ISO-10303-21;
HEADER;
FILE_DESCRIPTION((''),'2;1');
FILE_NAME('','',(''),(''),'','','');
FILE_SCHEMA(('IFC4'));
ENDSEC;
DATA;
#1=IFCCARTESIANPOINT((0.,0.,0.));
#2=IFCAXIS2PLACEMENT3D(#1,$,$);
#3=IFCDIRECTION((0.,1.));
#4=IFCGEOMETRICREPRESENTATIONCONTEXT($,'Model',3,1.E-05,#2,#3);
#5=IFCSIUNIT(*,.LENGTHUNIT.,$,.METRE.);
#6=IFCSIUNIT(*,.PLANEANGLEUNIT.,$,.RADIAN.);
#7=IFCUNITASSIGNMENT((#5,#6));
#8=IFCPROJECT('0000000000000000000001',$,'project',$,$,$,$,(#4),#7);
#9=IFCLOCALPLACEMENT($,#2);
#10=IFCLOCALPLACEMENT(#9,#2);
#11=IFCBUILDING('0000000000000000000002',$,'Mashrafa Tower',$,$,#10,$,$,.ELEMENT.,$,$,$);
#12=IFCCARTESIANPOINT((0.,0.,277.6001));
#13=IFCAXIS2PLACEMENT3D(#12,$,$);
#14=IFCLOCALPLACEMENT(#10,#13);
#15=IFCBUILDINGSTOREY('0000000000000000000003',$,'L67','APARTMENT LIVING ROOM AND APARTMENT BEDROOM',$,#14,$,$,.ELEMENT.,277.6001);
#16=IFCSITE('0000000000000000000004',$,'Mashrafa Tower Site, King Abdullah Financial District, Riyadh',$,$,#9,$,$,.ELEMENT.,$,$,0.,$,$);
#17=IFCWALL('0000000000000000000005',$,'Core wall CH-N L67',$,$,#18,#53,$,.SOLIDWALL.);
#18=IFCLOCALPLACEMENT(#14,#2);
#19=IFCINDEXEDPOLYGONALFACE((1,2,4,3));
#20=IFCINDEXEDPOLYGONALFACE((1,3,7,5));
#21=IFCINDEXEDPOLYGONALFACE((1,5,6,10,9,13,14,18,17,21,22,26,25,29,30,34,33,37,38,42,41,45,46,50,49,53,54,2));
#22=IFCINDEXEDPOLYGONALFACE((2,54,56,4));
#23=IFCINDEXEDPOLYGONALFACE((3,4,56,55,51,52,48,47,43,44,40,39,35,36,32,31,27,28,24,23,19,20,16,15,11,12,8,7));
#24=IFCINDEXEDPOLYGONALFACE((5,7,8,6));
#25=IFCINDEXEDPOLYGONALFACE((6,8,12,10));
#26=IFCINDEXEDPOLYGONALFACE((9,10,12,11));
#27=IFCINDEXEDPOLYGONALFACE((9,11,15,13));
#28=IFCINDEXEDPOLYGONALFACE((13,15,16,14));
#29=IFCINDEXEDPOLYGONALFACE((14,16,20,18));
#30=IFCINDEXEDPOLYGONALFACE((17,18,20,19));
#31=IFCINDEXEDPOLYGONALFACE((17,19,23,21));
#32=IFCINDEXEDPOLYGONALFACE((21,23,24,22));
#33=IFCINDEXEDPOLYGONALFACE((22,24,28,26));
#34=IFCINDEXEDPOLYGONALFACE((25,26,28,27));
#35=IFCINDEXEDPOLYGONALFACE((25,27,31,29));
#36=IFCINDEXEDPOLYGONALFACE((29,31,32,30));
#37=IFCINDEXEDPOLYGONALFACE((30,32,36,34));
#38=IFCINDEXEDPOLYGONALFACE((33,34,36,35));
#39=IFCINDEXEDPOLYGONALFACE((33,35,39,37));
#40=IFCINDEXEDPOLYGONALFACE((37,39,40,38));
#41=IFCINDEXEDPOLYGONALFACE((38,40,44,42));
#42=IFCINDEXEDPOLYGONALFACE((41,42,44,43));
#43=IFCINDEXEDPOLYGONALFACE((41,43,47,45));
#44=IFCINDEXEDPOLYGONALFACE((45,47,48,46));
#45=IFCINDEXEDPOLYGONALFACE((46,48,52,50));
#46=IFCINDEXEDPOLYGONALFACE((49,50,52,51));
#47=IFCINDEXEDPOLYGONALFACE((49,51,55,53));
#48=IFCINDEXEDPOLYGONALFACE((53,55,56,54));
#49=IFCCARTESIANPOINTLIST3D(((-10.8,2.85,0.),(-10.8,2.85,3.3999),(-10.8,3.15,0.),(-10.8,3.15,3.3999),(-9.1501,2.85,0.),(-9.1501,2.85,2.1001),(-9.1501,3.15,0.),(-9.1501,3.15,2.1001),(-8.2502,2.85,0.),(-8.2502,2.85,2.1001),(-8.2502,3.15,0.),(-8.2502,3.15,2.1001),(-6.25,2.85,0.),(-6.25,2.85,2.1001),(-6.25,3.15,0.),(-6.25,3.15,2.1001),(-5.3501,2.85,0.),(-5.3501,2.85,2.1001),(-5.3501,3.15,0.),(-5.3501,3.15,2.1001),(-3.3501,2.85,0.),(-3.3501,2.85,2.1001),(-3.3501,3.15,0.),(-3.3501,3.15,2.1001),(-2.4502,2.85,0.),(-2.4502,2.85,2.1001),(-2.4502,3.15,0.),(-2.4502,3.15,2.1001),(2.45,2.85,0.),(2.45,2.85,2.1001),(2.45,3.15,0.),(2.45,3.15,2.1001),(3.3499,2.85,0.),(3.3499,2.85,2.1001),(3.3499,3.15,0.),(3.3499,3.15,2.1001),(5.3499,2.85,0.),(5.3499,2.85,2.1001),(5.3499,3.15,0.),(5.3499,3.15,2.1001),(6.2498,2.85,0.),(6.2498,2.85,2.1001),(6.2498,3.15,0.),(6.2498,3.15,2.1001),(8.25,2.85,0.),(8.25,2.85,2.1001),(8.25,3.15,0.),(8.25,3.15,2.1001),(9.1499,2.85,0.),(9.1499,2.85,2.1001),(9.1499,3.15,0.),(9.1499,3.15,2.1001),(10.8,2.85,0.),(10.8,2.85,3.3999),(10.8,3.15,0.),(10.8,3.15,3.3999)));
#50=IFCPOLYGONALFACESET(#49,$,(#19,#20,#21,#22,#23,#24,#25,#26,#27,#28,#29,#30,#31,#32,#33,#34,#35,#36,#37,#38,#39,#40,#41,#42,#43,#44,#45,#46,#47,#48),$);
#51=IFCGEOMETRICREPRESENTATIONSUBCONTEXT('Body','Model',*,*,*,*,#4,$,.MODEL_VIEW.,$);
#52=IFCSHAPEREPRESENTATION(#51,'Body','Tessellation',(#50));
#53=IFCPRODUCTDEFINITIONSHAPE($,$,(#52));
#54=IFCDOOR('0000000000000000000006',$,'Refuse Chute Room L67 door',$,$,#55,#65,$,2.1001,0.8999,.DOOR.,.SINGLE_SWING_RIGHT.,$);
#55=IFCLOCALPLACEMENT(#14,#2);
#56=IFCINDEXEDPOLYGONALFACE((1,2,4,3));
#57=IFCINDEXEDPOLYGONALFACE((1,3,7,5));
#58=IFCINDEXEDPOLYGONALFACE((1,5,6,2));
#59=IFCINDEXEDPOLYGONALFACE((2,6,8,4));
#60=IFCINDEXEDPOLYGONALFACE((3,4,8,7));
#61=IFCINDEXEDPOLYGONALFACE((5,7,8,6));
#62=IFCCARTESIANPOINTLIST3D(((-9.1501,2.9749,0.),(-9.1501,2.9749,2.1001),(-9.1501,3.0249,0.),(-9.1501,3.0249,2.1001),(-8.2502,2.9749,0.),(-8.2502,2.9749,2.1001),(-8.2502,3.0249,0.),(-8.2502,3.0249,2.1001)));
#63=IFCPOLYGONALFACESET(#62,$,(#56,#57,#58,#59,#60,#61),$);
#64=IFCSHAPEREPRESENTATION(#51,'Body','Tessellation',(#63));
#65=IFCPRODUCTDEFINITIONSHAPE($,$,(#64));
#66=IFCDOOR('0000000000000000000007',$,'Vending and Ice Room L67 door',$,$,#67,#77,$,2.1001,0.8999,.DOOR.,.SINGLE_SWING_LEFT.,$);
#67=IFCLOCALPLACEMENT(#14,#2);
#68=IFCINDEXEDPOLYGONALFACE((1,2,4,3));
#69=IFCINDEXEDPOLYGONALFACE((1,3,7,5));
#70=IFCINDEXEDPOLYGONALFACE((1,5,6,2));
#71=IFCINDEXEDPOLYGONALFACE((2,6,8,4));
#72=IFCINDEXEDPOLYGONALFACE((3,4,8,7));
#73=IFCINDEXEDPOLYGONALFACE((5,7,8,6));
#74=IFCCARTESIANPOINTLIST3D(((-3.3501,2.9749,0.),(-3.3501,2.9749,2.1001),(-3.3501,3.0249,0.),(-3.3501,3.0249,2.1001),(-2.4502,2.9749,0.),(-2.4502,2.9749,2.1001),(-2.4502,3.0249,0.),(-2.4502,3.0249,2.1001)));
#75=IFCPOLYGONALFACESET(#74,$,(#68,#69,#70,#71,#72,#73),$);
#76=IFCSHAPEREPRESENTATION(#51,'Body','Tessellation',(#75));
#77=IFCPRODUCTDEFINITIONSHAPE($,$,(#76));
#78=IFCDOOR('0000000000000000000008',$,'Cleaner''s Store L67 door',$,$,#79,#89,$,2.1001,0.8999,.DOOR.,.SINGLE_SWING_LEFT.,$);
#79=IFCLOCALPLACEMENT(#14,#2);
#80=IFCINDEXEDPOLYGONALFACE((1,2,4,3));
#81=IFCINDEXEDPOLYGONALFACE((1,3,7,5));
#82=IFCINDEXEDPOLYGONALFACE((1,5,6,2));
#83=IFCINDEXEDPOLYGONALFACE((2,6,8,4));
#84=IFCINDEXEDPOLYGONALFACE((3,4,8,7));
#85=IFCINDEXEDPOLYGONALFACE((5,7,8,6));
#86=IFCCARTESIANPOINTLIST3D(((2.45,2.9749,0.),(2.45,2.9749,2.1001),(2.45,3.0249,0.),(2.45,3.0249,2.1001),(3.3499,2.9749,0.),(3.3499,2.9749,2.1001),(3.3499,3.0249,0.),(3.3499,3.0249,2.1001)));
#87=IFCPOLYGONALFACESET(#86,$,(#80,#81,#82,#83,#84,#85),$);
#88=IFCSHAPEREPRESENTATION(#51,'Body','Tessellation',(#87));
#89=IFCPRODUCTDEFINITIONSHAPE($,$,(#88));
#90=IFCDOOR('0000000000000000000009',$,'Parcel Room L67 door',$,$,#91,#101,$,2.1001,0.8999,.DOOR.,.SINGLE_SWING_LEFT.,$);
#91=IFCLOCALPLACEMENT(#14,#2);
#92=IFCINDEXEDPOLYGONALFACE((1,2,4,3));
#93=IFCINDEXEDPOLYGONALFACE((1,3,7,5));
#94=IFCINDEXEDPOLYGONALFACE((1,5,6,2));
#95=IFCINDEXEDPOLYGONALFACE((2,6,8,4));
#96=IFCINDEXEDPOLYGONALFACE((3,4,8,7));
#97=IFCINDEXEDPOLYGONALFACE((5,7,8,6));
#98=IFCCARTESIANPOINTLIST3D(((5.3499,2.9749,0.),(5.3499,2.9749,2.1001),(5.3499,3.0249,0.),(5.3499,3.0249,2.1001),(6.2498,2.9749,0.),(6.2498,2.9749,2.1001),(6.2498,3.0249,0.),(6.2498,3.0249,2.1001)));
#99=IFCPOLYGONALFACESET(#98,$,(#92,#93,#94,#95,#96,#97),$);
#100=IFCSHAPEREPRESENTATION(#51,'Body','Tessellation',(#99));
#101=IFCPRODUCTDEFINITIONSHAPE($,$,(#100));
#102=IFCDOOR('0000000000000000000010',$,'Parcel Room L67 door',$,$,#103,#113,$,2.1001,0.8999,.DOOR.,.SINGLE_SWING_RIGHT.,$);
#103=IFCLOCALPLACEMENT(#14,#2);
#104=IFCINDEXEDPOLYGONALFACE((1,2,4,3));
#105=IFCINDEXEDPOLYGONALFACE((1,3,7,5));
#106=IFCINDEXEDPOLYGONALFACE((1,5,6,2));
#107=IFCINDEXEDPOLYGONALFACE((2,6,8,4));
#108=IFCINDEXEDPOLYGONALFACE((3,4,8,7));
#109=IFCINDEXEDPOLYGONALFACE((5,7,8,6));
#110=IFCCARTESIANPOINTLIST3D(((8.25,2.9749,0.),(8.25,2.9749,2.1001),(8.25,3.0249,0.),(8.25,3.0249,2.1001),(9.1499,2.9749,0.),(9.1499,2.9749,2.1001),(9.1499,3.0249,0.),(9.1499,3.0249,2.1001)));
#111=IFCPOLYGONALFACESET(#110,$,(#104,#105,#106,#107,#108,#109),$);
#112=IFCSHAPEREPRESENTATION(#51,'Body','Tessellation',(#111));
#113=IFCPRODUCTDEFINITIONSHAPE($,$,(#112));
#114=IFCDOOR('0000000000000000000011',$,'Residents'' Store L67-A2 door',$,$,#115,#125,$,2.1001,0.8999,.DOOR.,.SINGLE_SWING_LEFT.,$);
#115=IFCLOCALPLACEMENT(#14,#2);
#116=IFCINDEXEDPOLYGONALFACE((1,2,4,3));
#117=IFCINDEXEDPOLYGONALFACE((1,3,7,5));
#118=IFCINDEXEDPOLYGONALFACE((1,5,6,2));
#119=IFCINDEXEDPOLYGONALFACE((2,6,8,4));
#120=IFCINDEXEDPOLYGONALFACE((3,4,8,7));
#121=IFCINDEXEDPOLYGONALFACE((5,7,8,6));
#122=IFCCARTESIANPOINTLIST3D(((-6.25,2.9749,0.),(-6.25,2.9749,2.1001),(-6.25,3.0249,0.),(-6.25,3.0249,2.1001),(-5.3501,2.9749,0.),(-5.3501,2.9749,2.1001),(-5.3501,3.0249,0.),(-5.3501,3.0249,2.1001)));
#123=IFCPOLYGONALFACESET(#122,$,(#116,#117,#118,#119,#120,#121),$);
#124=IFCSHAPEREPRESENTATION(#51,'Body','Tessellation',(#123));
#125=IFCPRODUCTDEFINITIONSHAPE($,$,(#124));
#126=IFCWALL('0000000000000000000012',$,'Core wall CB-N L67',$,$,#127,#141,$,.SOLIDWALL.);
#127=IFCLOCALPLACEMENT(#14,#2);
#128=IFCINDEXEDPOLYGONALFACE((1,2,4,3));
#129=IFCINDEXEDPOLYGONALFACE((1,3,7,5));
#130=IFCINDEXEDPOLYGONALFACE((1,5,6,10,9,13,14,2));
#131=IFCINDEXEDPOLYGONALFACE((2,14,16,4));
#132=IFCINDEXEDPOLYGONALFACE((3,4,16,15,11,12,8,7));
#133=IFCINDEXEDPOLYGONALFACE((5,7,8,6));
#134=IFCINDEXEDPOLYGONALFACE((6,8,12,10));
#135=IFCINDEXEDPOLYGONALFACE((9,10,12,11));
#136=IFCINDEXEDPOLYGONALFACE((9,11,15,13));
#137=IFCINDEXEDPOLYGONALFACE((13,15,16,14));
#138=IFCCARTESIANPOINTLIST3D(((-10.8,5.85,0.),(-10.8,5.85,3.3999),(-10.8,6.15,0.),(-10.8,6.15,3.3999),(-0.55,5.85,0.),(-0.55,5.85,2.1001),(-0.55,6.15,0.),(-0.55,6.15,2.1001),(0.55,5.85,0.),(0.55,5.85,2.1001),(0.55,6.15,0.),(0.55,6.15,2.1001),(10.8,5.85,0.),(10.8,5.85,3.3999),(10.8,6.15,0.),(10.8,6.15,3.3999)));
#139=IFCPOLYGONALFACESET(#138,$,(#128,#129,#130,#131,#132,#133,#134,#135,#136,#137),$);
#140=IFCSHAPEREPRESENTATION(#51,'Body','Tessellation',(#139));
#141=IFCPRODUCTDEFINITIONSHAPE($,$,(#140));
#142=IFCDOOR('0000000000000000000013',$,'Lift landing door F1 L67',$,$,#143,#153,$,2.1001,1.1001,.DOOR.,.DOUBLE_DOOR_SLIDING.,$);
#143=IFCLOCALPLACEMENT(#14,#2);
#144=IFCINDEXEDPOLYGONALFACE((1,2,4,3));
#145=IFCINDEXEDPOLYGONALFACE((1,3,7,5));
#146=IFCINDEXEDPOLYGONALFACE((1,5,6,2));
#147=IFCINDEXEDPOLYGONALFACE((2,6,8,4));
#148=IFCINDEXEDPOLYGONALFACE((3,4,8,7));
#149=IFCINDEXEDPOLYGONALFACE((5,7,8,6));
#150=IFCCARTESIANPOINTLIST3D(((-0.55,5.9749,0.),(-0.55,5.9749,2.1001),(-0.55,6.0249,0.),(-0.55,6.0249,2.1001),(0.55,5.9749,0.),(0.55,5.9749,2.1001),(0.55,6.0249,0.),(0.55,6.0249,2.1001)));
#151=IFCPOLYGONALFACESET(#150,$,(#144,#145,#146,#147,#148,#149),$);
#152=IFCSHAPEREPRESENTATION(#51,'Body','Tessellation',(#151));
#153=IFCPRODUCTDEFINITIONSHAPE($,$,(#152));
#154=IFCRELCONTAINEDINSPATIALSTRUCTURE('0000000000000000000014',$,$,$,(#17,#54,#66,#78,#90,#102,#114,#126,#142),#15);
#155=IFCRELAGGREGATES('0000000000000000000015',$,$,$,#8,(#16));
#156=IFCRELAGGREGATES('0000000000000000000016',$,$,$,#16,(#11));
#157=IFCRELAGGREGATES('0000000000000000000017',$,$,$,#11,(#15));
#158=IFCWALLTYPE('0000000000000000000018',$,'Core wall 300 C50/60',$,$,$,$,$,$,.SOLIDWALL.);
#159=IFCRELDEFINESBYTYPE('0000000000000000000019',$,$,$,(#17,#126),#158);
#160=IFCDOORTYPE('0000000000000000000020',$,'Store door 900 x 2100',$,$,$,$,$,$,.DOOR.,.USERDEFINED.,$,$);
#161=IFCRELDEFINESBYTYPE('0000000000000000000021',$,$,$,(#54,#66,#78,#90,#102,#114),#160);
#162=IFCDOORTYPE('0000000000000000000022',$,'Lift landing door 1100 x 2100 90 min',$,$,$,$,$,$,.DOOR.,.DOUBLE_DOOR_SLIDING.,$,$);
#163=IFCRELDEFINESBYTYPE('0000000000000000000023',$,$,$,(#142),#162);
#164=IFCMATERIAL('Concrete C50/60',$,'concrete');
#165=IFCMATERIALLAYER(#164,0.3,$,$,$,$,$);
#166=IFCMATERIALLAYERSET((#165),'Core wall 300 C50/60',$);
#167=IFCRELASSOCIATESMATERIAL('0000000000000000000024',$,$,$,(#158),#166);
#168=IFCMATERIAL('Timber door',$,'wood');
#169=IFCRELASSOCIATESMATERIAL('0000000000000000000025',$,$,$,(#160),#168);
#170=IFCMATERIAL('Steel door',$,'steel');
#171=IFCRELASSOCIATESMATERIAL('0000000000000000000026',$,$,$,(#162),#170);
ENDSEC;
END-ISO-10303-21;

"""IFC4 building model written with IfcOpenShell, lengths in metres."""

from ifc_helpers import new_model, si_unit, direction, frame, frame_2d, origin, place, context, subcontext, project, spatial, rectangle, extrude, material, layer, layer_set, type_object, element, fill, save


model = new_model("IFC4")

# Units and contexts
model_context = context("Model", 3, precision=1e-05, world=origin(), true_north=direction((0.0, 1.0)))
body_context = subcontext(model_context, "Body", "Model", "MODEL_VIEW")
ifc_project = project(units=[si_unit("LENGTHUNIT", "METRE"), si_unit("PLANEANGLEUNIT", "RADIAN")], contexts=[model_context])

# Site, building, storey
site_placement = place(None, origin())
site = spatial("IfcSite", under=ifc_project, at=site_placement, Name="Mashrafa Tower Site, King Abdullah Financial District, Riyadh", CompositionType="ELEMENT", RefElevation=0.0)
building_placement = place(site_placement, origin())
building = spatial("IfcBuilding", under=site, at=building_placement, Name="Mashrafa Tower", CompositionType="ELEMENT")
storey_placement = place(building_placement, frame((0.0, 0.0, 277.6001)))
storey = spatial("IfcBuildingStorey", under=building, at=storey_placement, Name="L67", Description="APARTMENT LIVING ROOM AND APARTMENT BEDROOM", CompositionType="ELEMENT", Elevation=277.6001)

# Wall, openings, doors
ifc_material_1 = material(Name="Concrete C50/60", Category="concrete")
ifc_layer_1 = layer(ifc_material_1, 0.3)
ifc_layer_set_1 = layer_set([ifc_layer_1], Name="Core wall 300 C50/60")
wall_type_1 = type_object("IfcWallType", Name="Core wall 300 C50/60", PredefinedType="SOLIDWALL", material=ifc_layer_set_1)
wall_1_placement = place(storey_placement, frame((-10.8, 3.0, 0.0), z_axis=(0.0, 0.0, 1.0), x_axis=(1.0, 0.0, 0.0)))
wall_1 = element("IfcWall", 1, at=wall_1_placement, inside=storey, type_object=wall_type_1, Name="Core wall CH-N L67", PredefinedType="SOLIDWALL", context=body_context, shape_type="SweptSolid", body=[
    extrude(rectangle(XDim=21.6001, YDim=0.3, at=frame_2d((10.8, 0.0))), origin(), (0.0, 0.0, 1.0), 3.3999),
])
opening_1_placement = place(wall_1_placement, frame((1.6499, 0.0, 0.0)))
opening_1 = element("IfcOpeningElement", 2, at=opening_1_placement, cuts=wall_1, PredefinedType="OPENING", context=body_context, shape_type="SweptSolid", body=[
    extrude(rectangle(XDim=0.8999, YDim=2.1001, at=frame_2d((0.45, 1.05))), frame((0.0, 0.1599, 0.0), z_axis=(0.0, -1.0, 0.0), x_axis=(1.0, 0.0, 0.0)), (0.0, 0.0, 1.0), 0.3201),
])
opening_2_placement = place(wall_1_placement, frame((7.45, 0.0, 0.0)))
opening_2 = element("IfcOpeningElement", 3, at=opening_2_placement, cuts=wall_1, PredefinedType="OPENING", context=body_context, shape_type="SweptSolid", body=[
    extrude(rectangle(XDim=0.8999, YDim=2.1001, at=frame_2d((0.45, 1.05))), frame((0.0, 0.1599, 0.0), z_axis=(0.0, -1.0, 0.0), x_axis=(1.0, 0.0, 0.0)), (0.0, 0.0, 1.0), 0.3201),
])
opening_3_placement = place(wall_1_placement, frame((13.25, 0.0, 0.0)))
opening_3 = element("IfcOpeningElement", 4, at=opening_3_placement, cuts=wall_1, PredefinedType="OPENING", context=body_context, shape_type="SweptSolid", body=[
    extrude(rectangle(XDim=0.8999, YDim=2.1001, at=frame_2d((0.45, 1.05))), frame((0.0, 0.1599, 0.0), z_axis=(0.0, -1.0, 0.0), x_axis=(1.0, 0.0, 0.0)), (0.0, 0.0, 1.0), 0.3201),
])
opening_4_placement = place(wall_1_placement, frame((16.1499, 0.0, 0.0)))
opening_4 = element("IfcOpeningElement", 5, at=opening_4_placement, cuts=wall_1, PredefinedType="OPENING", context=body_context, shape_type="SweptSolid", body=[
    extrude(rectangle(XDim=0.8999, YDim=2.1001, at=frame_2d((0.45, 1.05))), frame((0.0, 0.1599, 0.0), z_axis=(0.0, -1.0, 0.0), x_axis=(1.0, 0.0, 0.0)), (0.0, 0.0, 1.0), 0.3201),
])
opening_5_placement = place(wall_1_placement, frame((19.05, 0.0, 0.0)))
opening_5 = element("IfcOpeningElement", 6, at=opening_5_placement, cuts=wall_1, PredefinedType="OPENING", context=body_context, shape_type="SweptSolid", body=[
    extrude(rectangle(XDim=0.8999, YDim=2.1001, at=frame_2d((0.45, 1.05))), frame((0.0, 0.1599, 0.0), z_axis=(0.0, -1.0, 0.0), x_axis=(1.0, 0.0, 0.0)), (0.0, 0.0, 1.0), 0.3201),
])
opening_6_placement = place(wall_1_placement, frame((4.55, 0.0, 0.0)))
opening_6 = element("IfcOpeningElement", 7, at=opening_6_placement, cuts=wall_1, PredefinedType="OPENING", context=body_context, shape_type="SweptSolid", body=[
    extrude(rectangle(XDim=0.8999, YDim=2.1001, at=frame_2d((0.45, 1.05))), frame((0.0, 0.1599, 0.0), z_axis=(0.0, -1.0, 0.0), x_axis=(1.0, 0.0, 0.0)), (0.0, 0.0, 1.0), 0.3201),
])
ifc_material_2 = material(Name="Timber door", Category="wood")
door_type_1 = type_object("IfcDoorType", Name="Store door 900 x 2100", OperationType="USERDEFINED", PredefinedType="DOOR", material=ifc_material_2)
door_1_placement = place(opening_1_placement, origin())
door_1 = element("IfcDoor", 8, at=door_1_placement, inside=storey, type_object=door_type_1, Name="Refuse Chute Room L67 door", OperationType="SINGLE_SWING_RIGHT", OverallHeight=2.1001, OverallWidth=0.8999, PredefinedType="DOOR", context=body_context, shape_type="SweptSolid", body=[
    extrude(rectangle(XDim=0.8999, YDim=2.1001, at=frame_2d((0.45, 1.05))), frame((0.0, 0.0249, 0.0), z_axis=(0.0, -1.0, 0.0), x_axis=(1.0, 0.0, 0.0)), (0.0, 0.0, 1.0), 0.05),
])
fill(opening_1, door_1)
door_2_placement = place(opening_2_placement, origin())
door_2 = element("IfcDoor", 9, at=door_2_placement, inside=storey, type_object=door_type_1, Name="Vending and Ice Room L67 door", OperationType="SINGLE_SWING_LEFT", OverallHeight=2.1001, OverallWidth=0.8999, PredefinedType="DOOR", context=body_context, shape_type="SweptSolid", body=[
    extrude(rectangle(XDim=0.8999, YDim=2.1001, at=frame_2d((0.45, 1.05))), frame((0.0, 0.0249, 0.0), z_axis=(0.0, -1.0, 0.0), x_axis=(1.0, 0.0, 0.0)), (0.0, 0.0, 1.0), 0.05),
])
fill(opening_2, door_2)
door_3_placement = place(opening_3_placement, origin())
door_3 = element("IfcDoor", 10, at=door_3_placement, inside=storey, type_object=door_type_1, Name="Cleaner's Store L67 door", OperationType="SINGLE_SWING_LEFT", OverallHeight=2.1001, OverallWidth=0.8999, PredefinedType="DOOR", context=body_context, shape_type="SweptSolid", body=[
    extrude(rectangle(XDim=0.8999, YDim=2.1001, at=frame_2d((0.45, 1.05))), frame((0.0, 0.0249, 0.0), z_axis=(0.0, -1.0, 0.0), x_axis=(1.0, 0.0, 0.0)), (0.0, 0.0, 1.0), 0.05),
])
fill(opening_3, door_3)
door_4_placement = place(opening_4_placement, origin())
door_4 = element("IfcDoor", 11, at=door_4_placement, inside=storey, type_object=door_type_1, Name="Parcel Room L67 door", OperationType="SINGLE_SWING_LEFT", OverallHeight=2.1001, OverallWidth=0.8999, PredefinedType="DOOR", context=body_context, shape_type="SweptSolid", body=[
    extrude(rectangle(XDim=0.8999, YDim=2.1001, at=frame_2d((0.45, 1.05))), frame((0.0, 0.0249, 0.0), z_axis=(0.0, -1.0, 0.0), x_axis=(1.0, 0.0, 0.0)), (0.0, 0.0, 1.0), 0.05),
])
fill(opening_4, door_4)
door_5_placement = place(opening_5_placement, origin())
door_5 = element("IfcDoor", 12, at=door_5_placement, inside=storey, type_object=door_type_1, Name="Parcel Room L67 door", OperationType="SINGLE_SWING_RIGHT", OverallHeight=2.1001, OverallWidth=0.8999, PredefinedType="DOOR", context=body_context, shape_type="SweptSolid", body=[
    extrude(rectangle(XDim=0.8999, YDim=2.1001, at=frame_2d((0.45, 1.05))), frame((0.0, 0.0249, 0.0), z_axis=(0.0, -1.0, 0.0), x_axis=(1.0, 0.0, 0.0)), (0.0, 0.0, 1.0), 0.05),
])
fill(opening_5, door_5)
door_6_placement = place(opening_6_placement, origin())
door_6 = element("IfcDoor", 13, at=door_6_placement, inside=storey, type_object=door_type_1, Name="Residents' Store L67-A2 door", OperationType="SINGLE_SWING_LEFT", OverallHeight=2.1001, OverallWidth=0.8999, PredefinedType="DOOR", context=body_context, shape_type="SweptSolid", body=[
    extrude(rectangle(XDim=0.8999, YDim=2.1001, at=frame_2d((0.45, 1.05))), frame((0.0, 0.0249, 0.0), z_axis=(0.0, -1.0, 0.0), x_axis=(1.0, 0.0, 0.0)), (0.0, 0.0, 1.0), 0.05),
])
fill(opening_6, door_6)

# Wall, opening, door
wall_2_placement = place(storey_placement, frame((-10.8, 6.0, 0.0), z_axis=(0.0, 0.0, 1.0), x_axis=(1.0, 0.0, 0.0)))
wall_2 = element("IfcWall", 14, at=wall_2_placement, inside=storey, type_object=wall_type_1, Name="Core wall CB-N L67", PredefinedType="SOLIDWALL", context=body_context, shape_type="SweptSolid", body=[
    extrude(rectangle(XDim=21.6001, YDim=0.3, at=frame_2d((10.8, 0.0))), origin(), (0.0, 0.0, 1.0), 3.3999),
])
opening_7_placement = place(wall_2_placement, frame((10.25, 0.0, 0.0)))
opening_7 = element("IfcOpeningElement", 15, at=opening_7_placement, cuts=wall_2, PredefinedType="OPENING", context=body_context, shape_type="SweptSolid", body=[
    extrude(rectangle(XDim=1.1001, YDim=2.1001, at=frame_2d((0.55, 1.05))), frame((0.0, 0.1599, 0.0), z_axis=(0.0, -1.0, 0.0), x_axis=(1.0, 0.0, 0.0)), (0.0, 0.0, 1.0), 0.3201),
])
ifc_material_3 = material(Name="Steel door", Category="steel")
door_type_2 = type_object("IfcDoorType", Name="Lift landing door 1100 x 2100 90 min", OperationType="DOUBLE_DOOR_SLIDING", PredefinedType="DOOR", material=ifc_material_3)
door_7_placement = place(opening_7_placement, origin())
door_7 = element("IfcDoor", 16, at=door_7_placement, inside=storey, type_object=door_type_2, Name="Lift landing door F1 L67", OperationType="DOUBLE_DOOR_SLIDING", OverallHeight=2.1001, OverallWidth=1.1001, PredefinedType="DOOR", context=body_context, shape_type="SweptSolid", body=[
    extrude(rectangle(XDim=1.1001, YDim=2.1001, at=frame_2d((0.55, 1.05))), frame((0.0, 0.0249, 0.0), z_axis=(0.0, -1.0, 0.0), x_axis=(1.0, 0.0, 0.0)), (0.0, 0.0, 1.0), 0.05),
])
fill(opening_7, door_7)

save(model, "model.ifc")
